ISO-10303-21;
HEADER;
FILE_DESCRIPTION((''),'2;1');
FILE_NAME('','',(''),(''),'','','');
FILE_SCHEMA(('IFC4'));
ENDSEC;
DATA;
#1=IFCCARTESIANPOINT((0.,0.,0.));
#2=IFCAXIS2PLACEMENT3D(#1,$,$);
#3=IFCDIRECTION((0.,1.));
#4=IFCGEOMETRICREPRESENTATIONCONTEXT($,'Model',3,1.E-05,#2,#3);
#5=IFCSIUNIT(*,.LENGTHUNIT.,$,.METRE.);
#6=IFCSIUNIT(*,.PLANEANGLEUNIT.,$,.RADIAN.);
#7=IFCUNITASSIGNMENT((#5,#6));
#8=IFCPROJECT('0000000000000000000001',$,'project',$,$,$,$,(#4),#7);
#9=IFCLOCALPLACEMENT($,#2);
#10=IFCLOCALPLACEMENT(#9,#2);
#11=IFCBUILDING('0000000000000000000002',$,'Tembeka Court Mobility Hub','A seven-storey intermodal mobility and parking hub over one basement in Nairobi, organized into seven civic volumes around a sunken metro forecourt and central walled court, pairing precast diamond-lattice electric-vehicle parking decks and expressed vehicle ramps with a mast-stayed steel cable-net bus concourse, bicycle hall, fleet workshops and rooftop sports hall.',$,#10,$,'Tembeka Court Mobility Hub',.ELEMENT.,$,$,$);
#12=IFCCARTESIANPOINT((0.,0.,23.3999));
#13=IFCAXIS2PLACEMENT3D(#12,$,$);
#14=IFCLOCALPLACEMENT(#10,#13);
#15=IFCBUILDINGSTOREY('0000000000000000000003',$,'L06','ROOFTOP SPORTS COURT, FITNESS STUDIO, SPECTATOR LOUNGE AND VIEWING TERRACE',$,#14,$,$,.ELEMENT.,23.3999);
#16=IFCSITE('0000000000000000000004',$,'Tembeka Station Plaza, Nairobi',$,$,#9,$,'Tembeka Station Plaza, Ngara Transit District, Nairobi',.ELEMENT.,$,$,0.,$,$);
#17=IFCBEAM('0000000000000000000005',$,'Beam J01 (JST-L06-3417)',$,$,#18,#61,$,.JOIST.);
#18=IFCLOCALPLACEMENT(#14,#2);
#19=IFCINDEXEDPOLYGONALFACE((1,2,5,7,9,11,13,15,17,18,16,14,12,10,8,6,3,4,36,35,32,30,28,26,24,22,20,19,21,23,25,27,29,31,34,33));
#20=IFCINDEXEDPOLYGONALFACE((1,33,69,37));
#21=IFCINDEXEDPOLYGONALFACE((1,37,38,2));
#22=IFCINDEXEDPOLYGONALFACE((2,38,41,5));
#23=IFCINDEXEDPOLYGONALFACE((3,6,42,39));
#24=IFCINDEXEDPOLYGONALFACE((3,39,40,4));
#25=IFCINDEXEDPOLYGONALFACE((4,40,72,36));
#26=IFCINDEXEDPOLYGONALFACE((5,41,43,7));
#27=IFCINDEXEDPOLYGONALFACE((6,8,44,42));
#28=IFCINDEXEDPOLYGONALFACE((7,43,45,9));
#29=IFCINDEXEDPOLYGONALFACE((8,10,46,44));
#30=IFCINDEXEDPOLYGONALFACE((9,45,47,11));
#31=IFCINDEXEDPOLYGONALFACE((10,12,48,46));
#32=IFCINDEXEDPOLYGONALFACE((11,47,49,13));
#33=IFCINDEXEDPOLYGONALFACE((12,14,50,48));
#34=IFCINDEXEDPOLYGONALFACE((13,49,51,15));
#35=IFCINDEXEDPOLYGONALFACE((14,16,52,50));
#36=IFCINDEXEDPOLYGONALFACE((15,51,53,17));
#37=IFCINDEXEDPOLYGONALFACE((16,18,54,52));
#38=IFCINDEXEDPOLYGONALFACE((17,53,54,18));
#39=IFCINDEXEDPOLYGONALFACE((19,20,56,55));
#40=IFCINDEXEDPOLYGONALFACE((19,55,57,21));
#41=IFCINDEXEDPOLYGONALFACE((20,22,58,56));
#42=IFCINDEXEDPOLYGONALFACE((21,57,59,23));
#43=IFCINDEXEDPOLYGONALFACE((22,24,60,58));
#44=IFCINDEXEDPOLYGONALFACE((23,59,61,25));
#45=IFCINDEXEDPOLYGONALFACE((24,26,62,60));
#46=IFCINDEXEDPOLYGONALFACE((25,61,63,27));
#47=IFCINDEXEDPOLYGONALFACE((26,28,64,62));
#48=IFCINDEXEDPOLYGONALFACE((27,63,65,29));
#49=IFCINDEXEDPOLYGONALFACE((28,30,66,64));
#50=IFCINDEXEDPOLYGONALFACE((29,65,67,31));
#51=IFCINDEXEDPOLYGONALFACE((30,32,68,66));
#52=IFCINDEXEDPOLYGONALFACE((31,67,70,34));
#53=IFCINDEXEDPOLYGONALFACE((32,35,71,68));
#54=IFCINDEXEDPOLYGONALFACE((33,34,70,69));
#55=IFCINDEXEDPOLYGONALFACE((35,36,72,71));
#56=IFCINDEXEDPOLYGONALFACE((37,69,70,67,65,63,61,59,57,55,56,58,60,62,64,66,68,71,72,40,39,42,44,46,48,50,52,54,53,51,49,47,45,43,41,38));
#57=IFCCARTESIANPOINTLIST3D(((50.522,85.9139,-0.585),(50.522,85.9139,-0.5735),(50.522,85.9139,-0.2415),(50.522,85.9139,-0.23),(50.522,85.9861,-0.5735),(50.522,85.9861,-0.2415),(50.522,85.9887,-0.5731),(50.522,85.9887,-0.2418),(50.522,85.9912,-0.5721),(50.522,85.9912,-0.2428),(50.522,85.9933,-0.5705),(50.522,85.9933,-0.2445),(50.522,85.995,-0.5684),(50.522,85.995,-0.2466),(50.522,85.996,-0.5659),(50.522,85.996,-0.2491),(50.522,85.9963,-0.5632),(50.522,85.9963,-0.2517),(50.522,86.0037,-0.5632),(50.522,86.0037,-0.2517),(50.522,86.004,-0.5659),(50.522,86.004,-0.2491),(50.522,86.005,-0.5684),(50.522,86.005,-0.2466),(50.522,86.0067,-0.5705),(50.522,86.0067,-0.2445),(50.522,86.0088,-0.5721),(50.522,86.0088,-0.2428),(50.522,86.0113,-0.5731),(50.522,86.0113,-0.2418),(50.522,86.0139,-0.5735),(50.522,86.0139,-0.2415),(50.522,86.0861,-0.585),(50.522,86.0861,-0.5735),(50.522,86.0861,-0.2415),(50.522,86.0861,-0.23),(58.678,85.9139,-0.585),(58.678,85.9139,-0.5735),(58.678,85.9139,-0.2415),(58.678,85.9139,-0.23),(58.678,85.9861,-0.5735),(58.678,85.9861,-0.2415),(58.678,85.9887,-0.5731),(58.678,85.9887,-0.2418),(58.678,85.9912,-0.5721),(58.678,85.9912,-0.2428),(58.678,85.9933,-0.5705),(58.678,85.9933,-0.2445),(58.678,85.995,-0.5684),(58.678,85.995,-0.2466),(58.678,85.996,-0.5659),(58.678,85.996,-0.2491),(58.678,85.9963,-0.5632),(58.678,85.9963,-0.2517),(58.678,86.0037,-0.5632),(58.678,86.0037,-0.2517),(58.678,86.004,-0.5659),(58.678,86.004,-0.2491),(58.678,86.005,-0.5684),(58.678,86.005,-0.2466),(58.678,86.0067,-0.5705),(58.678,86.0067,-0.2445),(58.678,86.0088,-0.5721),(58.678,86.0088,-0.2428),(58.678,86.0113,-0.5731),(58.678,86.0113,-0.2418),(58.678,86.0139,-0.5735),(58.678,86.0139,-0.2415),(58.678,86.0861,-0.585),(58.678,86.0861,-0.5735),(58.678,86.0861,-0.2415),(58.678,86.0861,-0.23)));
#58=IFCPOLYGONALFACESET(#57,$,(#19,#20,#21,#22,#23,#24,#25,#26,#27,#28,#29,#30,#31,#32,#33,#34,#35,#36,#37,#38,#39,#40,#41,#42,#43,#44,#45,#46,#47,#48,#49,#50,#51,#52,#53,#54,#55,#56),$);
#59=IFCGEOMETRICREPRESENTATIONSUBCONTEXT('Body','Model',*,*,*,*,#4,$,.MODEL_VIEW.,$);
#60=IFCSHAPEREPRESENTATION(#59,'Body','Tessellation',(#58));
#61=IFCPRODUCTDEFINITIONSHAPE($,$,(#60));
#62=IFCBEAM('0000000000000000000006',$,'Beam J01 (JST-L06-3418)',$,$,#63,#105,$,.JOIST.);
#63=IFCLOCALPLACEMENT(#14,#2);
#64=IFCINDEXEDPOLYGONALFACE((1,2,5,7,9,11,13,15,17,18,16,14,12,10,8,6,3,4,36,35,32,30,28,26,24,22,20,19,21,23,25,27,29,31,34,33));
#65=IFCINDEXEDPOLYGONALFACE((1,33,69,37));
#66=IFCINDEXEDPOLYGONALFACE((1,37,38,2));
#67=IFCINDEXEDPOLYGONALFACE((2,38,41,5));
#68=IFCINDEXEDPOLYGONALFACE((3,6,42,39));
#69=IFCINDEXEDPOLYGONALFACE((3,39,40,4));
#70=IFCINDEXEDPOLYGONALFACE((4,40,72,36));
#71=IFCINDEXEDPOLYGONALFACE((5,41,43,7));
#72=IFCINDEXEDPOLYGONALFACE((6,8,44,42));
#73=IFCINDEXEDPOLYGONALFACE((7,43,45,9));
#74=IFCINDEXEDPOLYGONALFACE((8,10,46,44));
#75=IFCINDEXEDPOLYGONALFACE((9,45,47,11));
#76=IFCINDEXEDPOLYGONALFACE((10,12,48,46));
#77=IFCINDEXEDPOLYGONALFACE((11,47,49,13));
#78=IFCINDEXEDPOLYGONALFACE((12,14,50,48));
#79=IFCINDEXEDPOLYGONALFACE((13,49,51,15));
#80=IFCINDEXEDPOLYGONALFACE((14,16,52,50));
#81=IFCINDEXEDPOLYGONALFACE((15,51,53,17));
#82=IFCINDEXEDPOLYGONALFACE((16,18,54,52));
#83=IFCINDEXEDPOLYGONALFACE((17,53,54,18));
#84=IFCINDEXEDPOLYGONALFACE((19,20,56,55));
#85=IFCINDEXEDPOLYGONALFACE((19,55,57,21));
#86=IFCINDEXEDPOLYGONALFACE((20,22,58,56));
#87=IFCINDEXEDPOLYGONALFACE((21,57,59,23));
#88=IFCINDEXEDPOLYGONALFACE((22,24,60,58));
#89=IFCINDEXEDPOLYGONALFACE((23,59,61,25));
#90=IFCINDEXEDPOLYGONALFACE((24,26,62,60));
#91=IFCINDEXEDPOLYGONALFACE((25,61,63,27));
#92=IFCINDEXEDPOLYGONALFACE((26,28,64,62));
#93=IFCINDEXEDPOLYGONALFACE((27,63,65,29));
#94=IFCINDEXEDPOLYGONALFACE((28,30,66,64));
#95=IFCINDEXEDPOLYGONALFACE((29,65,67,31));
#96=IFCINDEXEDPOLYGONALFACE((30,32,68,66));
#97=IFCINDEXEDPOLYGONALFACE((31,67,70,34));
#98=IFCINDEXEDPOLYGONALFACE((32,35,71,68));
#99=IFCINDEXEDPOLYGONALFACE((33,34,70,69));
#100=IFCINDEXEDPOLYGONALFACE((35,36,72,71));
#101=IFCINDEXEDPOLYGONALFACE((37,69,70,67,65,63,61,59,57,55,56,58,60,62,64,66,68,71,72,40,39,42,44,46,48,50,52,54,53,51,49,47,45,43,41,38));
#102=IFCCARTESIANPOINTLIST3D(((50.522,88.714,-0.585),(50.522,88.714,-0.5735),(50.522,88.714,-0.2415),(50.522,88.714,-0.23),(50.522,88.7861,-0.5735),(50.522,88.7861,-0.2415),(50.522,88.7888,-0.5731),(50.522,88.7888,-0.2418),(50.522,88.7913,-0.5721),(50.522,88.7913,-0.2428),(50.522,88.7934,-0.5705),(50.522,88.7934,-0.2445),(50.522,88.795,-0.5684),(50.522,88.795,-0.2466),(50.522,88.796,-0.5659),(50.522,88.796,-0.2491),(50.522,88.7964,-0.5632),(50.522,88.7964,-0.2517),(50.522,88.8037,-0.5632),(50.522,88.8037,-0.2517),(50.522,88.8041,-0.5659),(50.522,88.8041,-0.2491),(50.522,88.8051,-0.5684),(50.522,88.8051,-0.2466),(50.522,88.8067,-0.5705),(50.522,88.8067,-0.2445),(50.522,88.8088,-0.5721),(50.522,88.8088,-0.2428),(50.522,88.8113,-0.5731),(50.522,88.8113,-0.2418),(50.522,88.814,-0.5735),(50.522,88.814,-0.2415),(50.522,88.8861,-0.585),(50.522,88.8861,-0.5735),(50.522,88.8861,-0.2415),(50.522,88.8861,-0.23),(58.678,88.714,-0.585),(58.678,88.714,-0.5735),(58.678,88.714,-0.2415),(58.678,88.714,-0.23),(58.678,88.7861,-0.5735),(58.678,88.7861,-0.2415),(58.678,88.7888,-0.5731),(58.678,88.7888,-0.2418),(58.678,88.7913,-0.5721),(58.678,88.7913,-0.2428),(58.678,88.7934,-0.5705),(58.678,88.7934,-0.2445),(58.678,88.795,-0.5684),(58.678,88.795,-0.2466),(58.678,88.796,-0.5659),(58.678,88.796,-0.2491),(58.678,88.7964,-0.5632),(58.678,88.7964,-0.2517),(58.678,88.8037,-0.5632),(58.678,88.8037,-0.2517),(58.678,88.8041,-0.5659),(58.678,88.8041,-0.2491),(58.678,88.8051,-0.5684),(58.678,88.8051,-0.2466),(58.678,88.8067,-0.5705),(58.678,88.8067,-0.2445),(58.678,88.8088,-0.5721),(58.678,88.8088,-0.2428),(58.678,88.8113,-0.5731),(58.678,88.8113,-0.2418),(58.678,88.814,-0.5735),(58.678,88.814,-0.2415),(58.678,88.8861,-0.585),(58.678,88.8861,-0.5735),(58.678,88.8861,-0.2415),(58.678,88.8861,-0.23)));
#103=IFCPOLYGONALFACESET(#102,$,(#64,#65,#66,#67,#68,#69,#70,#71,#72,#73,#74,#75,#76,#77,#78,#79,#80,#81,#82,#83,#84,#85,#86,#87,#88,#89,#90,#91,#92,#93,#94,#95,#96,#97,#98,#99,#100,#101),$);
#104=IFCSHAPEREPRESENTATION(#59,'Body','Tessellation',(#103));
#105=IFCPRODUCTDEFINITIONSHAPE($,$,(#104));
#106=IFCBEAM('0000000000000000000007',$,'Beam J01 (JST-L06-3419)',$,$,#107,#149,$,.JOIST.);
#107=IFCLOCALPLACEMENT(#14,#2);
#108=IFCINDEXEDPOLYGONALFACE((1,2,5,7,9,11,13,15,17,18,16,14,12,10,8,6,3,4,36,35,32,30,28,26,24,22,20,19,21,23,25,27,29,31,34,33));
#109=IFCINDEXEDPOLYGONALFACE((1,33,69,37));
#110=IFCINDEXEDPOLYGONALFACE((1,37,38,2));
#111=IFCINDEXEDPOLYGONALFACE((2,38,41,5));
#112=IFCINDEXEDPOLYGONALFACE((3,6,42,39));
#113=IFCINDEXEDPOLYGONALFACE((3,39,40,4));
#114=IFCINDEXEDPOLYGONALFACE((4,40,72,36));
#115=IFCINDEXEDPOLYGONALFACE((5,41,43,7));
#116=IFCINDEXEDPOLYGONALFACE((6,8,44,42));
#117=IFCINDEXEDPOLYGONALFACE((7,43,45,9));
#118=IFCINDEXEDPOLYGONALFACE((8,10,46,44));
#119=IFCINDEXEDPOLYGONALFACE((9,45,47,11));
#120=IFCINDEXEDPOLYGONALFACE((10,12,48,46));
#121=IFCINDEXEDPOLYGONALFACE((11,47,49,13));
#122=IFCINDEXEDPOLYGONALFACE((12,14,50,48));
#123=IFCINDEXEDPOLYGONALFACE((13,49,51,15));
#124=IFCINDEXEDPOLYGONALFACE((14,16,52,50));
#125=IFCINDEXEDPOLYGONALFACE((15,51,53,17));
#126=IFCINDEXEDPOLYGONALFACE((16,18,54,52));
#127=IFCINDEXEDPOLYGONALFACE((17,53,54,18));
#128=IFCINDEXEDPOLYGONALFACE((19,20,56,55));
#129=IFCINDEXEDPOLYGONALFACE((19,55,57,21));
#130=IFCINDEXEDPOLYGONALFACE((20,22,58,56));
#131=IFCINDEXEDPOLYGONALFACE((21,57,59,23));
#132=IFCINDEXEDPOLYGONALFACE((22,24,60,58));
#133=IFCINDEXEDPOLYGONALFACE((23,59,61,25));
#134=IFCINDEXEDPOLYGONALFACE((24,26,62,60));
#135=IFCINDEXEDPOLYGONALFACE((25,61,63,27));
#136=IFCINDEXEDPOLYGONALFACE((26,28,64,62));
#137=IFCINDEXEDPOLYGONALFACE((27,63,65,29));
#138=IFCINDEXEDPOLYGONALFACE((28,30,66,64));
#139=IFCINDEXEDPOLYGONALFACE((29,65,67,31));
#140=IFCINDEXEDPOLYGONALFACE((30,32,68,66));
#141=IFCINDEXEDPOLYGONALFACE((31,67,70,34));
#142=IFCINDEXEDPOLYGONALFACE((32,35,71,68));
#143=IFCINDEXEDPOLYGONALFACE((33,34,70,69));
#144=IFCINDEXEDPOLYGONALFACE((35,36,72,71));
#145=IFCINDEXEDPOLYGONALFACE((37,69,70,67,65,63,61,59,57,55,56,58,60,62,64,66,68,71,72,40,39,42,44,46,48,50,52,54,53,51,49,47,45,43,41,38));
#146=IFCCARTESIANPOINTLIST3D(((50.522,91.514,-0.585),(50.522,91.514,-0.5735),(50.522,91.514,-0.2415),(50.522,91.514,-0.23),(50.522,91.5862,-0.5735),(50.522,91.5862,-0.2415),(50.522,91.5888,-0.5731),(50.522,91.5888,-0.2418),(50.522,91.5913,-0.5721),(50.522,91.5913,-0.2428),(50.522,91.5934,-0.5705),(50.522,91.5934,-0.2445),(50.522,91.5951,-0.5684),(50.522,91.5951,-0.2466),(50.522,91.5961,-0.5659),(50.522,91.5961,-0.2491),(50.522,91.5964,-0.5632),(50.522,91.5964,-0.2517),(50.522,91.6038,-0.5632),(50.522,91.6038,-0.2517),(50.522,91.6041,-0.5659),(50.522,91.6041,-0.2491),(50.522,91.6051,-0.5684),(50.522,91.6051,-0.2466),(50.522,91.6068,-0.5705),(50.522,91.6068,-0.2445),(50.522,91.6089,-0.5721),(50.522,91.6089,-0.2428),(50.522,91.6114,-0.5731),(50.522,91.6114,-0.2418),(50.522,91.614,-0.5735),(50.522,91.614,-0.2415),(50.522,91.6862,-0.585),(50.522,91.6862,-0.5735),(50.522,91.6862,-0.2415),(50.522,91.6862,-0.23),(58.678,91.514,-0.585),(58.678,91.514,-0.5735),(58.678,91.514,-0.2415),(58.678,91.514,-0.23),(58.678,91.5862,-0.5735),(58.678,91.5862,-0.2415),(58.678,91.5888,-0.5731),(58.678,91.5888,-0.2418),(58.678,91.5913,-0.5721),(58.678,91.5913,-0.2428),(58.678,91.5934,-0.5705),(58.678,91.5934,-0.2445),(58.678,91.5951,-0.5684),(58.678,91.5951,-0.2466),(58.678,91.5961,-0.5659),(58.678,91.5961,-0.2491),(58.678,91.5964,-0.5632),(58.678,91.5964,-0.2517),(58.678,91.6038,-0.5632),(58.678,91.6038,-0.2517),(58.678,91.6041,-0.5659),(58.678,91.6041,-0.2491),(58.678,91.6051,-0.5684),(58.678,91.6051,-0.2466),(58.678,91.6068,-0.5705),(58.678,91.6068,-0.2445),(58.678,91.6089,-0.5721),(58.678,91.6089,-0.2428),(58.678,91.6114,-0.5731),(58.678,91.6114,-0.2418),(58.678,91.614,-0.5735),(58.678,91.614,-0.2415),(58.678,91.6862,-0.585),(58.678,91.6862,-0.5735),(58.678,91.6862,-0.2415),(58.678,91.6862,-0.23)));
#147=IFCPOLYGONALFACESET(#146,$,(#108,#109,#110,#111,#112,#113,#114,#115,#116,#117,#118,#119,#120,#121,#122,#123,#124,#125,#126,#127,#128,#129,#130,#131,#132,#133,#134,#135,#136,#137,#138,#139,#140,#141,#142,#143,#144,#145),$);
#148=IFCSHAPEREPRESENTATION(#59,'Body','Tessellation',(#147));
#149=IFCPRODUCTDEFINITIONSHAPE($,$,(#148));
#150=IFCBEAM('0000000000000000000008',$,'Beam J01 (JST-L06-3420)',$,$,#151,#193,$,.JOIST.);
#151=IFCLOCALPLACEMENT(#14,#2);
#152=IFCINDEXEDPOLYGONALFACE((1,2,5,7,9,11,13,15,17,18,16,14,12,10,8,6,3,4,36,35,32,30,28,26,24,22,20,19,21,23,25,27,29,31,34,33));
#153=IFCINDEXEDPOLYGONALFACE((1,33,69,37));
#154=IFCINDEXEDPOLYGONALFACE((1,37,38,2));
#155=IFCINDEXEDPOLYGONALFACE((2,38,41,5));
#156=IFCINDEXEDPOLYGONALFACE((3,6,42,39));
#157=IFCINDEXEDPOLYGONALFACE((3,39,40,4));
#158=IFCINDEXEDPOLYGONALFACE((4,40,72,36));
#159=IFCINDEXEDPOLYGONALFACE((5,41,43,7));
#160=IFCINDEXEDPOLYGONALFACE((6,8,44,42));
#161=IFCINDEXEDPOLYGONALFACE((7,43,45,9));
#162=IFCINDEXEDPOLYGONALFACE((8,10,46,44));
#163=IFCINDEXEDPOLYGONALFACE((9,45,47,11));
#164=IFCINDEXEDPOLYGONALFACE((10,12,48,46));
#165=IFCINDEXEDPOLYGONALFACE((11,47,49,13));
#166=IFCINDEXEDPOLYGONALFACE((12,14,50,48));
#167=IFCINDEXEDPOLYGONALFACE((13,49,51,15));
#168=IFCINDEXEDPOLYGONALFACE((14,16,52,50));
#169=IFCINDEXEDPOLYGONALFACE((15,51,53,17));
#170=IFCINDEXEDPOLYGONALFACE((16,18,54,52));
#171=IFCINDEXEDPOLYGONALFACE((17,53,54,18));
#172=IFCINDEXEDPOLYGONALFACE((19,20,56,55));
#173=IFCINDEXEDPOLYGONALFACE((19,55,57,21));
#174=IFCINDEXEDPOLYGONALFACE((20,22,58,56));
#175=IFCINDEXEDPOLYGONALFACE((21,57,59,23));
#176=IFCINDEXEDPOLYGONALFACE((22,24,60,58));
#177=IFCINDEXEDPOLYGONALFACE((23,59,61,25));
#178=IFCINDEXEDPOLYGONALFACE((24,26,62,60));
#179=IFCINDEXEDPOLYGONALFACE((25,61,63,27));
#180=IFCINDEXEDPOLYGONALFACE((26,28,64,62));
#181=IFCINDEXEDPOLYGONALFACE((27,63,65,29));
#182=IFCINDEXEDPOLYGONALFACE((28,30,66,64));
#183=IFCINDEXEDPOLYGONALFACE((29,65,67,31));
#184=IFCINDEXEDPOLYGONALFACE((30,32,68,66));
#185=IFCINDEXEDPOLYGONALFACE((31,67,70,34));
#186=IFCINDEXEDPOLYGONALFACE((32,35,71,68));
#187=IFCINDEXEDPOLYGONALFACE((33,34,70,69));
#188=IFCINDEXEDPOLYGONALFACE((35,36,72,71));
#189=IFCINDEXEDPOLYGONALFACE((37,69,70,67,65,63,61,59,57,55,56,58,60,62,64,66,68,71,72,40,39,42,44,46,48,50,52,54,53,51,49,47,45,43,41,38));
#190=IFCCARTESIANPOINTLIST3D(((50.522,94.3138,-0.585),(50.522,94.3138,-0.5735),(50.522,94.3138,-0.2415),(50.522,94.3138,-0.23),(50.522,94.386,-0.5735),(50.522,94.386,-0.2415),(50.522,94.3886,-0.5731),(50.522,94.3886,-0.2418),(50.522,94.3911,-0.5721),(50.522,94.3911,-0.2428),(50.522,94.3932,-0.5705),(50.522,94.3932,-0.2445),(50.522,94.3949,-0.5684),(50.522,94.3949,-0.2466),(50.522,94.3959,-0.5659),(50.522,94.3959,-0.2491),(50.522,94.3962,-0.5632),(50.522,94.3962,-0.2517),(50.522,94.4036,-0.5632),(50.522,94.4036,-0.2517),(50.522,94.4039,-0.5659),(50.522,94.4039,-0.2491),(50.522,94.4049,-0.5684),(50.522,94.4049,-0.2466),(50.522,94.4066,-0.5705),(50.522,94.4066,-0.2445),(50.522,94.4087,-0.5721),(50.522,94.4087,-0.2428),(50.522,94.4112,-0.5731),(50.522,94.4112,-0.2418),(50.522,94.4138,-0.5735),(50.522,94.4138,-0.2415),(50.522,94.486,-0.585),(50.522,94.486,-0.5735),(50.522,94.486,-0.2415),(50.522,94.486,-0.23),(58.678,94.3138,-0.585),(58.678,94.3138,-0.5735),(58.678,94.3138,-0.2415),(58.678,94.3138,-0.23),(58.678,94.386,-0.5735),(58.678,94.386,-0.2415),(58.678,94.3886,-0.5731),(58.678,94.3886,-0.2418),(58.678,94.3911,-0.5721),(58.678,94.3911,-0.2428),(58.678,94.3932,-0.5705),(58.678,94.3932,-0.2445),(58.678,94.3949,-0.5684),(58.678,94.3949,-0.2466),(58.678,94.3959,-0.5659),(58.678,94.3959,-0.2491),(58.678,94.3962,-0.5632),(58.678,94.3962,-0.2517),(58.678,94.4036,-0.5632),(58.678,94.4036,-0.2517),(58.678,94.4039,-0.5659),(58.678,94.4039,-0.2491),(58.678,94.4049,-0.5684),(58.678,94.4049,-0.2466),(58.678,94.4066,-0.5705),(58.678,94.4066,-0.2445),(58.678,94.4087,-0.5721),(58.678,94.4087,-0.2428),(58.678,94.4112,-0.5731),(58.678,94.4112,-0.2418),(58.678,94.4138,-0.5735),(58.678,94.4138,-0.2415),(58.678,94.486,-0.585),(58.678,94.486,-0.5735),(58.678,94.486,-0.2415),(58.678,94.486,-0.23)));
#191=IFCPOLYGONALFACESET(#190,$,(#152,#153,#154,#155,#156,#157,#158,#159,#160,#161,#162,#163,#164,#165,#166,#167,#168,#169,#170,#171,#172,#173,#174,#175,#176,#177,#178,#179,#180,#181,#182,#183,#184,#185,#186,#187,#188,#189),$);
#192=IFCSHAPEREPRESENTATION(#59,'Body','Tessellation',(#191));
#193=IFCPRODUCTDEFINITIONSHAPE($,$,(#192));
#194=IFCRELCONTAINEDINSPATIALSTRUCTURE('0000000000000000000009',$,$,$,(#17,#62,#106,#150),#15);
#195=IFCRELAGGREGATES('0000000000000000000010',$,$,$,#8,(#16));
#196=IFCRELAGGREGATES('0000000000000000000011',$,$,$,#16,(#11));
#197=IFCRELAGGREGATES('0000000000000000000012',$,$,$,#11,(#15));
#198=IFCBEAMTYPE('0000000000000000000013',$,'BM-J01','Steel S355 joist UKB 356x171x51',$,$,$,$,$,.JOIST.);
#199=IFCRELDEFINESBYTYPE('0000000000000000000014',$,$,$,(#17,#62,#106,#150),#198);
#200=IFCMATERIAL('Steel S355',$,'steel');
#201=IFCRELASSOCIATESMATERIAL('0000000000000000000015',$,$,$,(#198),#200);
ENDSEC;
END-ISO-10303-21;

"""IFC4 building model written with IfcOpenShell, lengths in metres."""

from ifc_helpers import new_model, si_unit, direction, frame, origin, origin_2d, place, context, subcontext, project, spatial, i_section, extrude, material, material_profile, profile_set, type_object, element, save


model = new_model("IFC4")

# Units and contexts
model_context = context("Model", 3, precision=1e-05, world=origin(), true_north=direction((0.0, 1.0)))
body_context = subcontext(model_context, "Body", "Model", "MODEL_VIEW")
ifc_project = project(units=[si_unit("LENGTHUNIT", "METRE"), si_unit("PLANEANGLEUNIT", "RADIAN")], contexts=[model_context])

# Site, building, storey
site_placement = place(None, origin())
site = spatial("IfcSite", under=ifc_project, at=site_placement, Name="Tembeka Station Plaza, Nairobi", LongName="Tembeka Station Plaza, Ngara Transit District, Nairobi", CompositionType="ELEMENT", RefElevation=0.0)
building_placement = place(site_placement, origin())
building = spatial("IfcBuilding", under=site, at=building_placement, Name="Tembeka Court Mobility Hub", Description="A seven-storey intermodal mobility and parking hub over one basement in Nairobi, organized into seven civic volumes around a sunken metro forecourt and central walled court, pairing precast diamond-lattice electric-vehicle parking decks and expressed vehicle ramps with a mast-stayed steel cable-net bus concourse, bicycle hall, fleet workshops and rooftop sports hall.", LongName="Tembeka Court Mobility Hub", CompositionType="ELEMENT")
storey_placement = place(building_placement, frame((0.0, 0.0, 23.3999)))
storey = spatial("IfcBuildingStorey", under=building, at=storey_placement, Name="L06", Description="ROOFTOP SPORTS COURT, FITNESS STUDIO, SPECTATOR LOUNGE AND VIEWING TERRACE", CompositionType="ELEMENT", Elevation=23.3999)

# Beams
ifc_material_1 = material(Name="Steel S355", Category="steel")
ifc_material_profile_1 = material_profile(ifc_material_1, i_section(OverallWidth=0.1721, OverallDepth=0.355, WebThickness=0.0073, FlangeThickness=0.0115, FilletRadius=0.0103, at=origin_2d()), Name="UKB 356x171x51")
ifc_profile_set_1 = profile_set([ifc_material_profile_1], Name="Steel S355")
beam_type_1 = type_object("IfcBeamType", Name="BM-J01", Description="Steel S355 joist UKB 356x171x51", PredefinedType="JOIST", material=ifc_profile_set_1)
for number, where, z_axis, x_axis, name in (
    (1, (50.522, 86.0, -0.4075), (1.0, 0.0, 0.0), (0.0, 1.0, 0.0), "Beam J01 (JST-L06-3417)"),
    (2, (50.522, 88.8, -0.4075), (1.0, 0.0, 0.0), (0.0, 1.0, 0.0), "Beam J01 (JST-L06-3418)"),
    (3, (50.522, 91.6001, -0.4075), (1.0, 0.0, 0.0), (0.0, 1.0, 0.0), "Beam J01 (JST-L06-3419)"),
    (4, (50.522, 94.3999, -0.4075), (1.0, 0.0, 0.0), (0.0, 1.0, 0.0), "Beam J01 (JST-L06-3420)"),
):
    element("IfcBeam", number, at=place(storey_placement, frame(where, z_axis=z_axis, x_axis=x_axis)), inside=storey, type_object=beam_type_1, Name=name, PredefinedType="JOIST", context=body_context, shape_type="SweptSolid", body=[
        extrude(i_section(OverallWidth=0.1721, OverallDepth=0.355, WebThickness=0.0073, FlangeThickness=0.0115, FilletRadius=0.0103, at=origin_2d()), origin(), (0.0, 0.0, 1.0), 8.156),
    ])

save(model, "model.ifc")
